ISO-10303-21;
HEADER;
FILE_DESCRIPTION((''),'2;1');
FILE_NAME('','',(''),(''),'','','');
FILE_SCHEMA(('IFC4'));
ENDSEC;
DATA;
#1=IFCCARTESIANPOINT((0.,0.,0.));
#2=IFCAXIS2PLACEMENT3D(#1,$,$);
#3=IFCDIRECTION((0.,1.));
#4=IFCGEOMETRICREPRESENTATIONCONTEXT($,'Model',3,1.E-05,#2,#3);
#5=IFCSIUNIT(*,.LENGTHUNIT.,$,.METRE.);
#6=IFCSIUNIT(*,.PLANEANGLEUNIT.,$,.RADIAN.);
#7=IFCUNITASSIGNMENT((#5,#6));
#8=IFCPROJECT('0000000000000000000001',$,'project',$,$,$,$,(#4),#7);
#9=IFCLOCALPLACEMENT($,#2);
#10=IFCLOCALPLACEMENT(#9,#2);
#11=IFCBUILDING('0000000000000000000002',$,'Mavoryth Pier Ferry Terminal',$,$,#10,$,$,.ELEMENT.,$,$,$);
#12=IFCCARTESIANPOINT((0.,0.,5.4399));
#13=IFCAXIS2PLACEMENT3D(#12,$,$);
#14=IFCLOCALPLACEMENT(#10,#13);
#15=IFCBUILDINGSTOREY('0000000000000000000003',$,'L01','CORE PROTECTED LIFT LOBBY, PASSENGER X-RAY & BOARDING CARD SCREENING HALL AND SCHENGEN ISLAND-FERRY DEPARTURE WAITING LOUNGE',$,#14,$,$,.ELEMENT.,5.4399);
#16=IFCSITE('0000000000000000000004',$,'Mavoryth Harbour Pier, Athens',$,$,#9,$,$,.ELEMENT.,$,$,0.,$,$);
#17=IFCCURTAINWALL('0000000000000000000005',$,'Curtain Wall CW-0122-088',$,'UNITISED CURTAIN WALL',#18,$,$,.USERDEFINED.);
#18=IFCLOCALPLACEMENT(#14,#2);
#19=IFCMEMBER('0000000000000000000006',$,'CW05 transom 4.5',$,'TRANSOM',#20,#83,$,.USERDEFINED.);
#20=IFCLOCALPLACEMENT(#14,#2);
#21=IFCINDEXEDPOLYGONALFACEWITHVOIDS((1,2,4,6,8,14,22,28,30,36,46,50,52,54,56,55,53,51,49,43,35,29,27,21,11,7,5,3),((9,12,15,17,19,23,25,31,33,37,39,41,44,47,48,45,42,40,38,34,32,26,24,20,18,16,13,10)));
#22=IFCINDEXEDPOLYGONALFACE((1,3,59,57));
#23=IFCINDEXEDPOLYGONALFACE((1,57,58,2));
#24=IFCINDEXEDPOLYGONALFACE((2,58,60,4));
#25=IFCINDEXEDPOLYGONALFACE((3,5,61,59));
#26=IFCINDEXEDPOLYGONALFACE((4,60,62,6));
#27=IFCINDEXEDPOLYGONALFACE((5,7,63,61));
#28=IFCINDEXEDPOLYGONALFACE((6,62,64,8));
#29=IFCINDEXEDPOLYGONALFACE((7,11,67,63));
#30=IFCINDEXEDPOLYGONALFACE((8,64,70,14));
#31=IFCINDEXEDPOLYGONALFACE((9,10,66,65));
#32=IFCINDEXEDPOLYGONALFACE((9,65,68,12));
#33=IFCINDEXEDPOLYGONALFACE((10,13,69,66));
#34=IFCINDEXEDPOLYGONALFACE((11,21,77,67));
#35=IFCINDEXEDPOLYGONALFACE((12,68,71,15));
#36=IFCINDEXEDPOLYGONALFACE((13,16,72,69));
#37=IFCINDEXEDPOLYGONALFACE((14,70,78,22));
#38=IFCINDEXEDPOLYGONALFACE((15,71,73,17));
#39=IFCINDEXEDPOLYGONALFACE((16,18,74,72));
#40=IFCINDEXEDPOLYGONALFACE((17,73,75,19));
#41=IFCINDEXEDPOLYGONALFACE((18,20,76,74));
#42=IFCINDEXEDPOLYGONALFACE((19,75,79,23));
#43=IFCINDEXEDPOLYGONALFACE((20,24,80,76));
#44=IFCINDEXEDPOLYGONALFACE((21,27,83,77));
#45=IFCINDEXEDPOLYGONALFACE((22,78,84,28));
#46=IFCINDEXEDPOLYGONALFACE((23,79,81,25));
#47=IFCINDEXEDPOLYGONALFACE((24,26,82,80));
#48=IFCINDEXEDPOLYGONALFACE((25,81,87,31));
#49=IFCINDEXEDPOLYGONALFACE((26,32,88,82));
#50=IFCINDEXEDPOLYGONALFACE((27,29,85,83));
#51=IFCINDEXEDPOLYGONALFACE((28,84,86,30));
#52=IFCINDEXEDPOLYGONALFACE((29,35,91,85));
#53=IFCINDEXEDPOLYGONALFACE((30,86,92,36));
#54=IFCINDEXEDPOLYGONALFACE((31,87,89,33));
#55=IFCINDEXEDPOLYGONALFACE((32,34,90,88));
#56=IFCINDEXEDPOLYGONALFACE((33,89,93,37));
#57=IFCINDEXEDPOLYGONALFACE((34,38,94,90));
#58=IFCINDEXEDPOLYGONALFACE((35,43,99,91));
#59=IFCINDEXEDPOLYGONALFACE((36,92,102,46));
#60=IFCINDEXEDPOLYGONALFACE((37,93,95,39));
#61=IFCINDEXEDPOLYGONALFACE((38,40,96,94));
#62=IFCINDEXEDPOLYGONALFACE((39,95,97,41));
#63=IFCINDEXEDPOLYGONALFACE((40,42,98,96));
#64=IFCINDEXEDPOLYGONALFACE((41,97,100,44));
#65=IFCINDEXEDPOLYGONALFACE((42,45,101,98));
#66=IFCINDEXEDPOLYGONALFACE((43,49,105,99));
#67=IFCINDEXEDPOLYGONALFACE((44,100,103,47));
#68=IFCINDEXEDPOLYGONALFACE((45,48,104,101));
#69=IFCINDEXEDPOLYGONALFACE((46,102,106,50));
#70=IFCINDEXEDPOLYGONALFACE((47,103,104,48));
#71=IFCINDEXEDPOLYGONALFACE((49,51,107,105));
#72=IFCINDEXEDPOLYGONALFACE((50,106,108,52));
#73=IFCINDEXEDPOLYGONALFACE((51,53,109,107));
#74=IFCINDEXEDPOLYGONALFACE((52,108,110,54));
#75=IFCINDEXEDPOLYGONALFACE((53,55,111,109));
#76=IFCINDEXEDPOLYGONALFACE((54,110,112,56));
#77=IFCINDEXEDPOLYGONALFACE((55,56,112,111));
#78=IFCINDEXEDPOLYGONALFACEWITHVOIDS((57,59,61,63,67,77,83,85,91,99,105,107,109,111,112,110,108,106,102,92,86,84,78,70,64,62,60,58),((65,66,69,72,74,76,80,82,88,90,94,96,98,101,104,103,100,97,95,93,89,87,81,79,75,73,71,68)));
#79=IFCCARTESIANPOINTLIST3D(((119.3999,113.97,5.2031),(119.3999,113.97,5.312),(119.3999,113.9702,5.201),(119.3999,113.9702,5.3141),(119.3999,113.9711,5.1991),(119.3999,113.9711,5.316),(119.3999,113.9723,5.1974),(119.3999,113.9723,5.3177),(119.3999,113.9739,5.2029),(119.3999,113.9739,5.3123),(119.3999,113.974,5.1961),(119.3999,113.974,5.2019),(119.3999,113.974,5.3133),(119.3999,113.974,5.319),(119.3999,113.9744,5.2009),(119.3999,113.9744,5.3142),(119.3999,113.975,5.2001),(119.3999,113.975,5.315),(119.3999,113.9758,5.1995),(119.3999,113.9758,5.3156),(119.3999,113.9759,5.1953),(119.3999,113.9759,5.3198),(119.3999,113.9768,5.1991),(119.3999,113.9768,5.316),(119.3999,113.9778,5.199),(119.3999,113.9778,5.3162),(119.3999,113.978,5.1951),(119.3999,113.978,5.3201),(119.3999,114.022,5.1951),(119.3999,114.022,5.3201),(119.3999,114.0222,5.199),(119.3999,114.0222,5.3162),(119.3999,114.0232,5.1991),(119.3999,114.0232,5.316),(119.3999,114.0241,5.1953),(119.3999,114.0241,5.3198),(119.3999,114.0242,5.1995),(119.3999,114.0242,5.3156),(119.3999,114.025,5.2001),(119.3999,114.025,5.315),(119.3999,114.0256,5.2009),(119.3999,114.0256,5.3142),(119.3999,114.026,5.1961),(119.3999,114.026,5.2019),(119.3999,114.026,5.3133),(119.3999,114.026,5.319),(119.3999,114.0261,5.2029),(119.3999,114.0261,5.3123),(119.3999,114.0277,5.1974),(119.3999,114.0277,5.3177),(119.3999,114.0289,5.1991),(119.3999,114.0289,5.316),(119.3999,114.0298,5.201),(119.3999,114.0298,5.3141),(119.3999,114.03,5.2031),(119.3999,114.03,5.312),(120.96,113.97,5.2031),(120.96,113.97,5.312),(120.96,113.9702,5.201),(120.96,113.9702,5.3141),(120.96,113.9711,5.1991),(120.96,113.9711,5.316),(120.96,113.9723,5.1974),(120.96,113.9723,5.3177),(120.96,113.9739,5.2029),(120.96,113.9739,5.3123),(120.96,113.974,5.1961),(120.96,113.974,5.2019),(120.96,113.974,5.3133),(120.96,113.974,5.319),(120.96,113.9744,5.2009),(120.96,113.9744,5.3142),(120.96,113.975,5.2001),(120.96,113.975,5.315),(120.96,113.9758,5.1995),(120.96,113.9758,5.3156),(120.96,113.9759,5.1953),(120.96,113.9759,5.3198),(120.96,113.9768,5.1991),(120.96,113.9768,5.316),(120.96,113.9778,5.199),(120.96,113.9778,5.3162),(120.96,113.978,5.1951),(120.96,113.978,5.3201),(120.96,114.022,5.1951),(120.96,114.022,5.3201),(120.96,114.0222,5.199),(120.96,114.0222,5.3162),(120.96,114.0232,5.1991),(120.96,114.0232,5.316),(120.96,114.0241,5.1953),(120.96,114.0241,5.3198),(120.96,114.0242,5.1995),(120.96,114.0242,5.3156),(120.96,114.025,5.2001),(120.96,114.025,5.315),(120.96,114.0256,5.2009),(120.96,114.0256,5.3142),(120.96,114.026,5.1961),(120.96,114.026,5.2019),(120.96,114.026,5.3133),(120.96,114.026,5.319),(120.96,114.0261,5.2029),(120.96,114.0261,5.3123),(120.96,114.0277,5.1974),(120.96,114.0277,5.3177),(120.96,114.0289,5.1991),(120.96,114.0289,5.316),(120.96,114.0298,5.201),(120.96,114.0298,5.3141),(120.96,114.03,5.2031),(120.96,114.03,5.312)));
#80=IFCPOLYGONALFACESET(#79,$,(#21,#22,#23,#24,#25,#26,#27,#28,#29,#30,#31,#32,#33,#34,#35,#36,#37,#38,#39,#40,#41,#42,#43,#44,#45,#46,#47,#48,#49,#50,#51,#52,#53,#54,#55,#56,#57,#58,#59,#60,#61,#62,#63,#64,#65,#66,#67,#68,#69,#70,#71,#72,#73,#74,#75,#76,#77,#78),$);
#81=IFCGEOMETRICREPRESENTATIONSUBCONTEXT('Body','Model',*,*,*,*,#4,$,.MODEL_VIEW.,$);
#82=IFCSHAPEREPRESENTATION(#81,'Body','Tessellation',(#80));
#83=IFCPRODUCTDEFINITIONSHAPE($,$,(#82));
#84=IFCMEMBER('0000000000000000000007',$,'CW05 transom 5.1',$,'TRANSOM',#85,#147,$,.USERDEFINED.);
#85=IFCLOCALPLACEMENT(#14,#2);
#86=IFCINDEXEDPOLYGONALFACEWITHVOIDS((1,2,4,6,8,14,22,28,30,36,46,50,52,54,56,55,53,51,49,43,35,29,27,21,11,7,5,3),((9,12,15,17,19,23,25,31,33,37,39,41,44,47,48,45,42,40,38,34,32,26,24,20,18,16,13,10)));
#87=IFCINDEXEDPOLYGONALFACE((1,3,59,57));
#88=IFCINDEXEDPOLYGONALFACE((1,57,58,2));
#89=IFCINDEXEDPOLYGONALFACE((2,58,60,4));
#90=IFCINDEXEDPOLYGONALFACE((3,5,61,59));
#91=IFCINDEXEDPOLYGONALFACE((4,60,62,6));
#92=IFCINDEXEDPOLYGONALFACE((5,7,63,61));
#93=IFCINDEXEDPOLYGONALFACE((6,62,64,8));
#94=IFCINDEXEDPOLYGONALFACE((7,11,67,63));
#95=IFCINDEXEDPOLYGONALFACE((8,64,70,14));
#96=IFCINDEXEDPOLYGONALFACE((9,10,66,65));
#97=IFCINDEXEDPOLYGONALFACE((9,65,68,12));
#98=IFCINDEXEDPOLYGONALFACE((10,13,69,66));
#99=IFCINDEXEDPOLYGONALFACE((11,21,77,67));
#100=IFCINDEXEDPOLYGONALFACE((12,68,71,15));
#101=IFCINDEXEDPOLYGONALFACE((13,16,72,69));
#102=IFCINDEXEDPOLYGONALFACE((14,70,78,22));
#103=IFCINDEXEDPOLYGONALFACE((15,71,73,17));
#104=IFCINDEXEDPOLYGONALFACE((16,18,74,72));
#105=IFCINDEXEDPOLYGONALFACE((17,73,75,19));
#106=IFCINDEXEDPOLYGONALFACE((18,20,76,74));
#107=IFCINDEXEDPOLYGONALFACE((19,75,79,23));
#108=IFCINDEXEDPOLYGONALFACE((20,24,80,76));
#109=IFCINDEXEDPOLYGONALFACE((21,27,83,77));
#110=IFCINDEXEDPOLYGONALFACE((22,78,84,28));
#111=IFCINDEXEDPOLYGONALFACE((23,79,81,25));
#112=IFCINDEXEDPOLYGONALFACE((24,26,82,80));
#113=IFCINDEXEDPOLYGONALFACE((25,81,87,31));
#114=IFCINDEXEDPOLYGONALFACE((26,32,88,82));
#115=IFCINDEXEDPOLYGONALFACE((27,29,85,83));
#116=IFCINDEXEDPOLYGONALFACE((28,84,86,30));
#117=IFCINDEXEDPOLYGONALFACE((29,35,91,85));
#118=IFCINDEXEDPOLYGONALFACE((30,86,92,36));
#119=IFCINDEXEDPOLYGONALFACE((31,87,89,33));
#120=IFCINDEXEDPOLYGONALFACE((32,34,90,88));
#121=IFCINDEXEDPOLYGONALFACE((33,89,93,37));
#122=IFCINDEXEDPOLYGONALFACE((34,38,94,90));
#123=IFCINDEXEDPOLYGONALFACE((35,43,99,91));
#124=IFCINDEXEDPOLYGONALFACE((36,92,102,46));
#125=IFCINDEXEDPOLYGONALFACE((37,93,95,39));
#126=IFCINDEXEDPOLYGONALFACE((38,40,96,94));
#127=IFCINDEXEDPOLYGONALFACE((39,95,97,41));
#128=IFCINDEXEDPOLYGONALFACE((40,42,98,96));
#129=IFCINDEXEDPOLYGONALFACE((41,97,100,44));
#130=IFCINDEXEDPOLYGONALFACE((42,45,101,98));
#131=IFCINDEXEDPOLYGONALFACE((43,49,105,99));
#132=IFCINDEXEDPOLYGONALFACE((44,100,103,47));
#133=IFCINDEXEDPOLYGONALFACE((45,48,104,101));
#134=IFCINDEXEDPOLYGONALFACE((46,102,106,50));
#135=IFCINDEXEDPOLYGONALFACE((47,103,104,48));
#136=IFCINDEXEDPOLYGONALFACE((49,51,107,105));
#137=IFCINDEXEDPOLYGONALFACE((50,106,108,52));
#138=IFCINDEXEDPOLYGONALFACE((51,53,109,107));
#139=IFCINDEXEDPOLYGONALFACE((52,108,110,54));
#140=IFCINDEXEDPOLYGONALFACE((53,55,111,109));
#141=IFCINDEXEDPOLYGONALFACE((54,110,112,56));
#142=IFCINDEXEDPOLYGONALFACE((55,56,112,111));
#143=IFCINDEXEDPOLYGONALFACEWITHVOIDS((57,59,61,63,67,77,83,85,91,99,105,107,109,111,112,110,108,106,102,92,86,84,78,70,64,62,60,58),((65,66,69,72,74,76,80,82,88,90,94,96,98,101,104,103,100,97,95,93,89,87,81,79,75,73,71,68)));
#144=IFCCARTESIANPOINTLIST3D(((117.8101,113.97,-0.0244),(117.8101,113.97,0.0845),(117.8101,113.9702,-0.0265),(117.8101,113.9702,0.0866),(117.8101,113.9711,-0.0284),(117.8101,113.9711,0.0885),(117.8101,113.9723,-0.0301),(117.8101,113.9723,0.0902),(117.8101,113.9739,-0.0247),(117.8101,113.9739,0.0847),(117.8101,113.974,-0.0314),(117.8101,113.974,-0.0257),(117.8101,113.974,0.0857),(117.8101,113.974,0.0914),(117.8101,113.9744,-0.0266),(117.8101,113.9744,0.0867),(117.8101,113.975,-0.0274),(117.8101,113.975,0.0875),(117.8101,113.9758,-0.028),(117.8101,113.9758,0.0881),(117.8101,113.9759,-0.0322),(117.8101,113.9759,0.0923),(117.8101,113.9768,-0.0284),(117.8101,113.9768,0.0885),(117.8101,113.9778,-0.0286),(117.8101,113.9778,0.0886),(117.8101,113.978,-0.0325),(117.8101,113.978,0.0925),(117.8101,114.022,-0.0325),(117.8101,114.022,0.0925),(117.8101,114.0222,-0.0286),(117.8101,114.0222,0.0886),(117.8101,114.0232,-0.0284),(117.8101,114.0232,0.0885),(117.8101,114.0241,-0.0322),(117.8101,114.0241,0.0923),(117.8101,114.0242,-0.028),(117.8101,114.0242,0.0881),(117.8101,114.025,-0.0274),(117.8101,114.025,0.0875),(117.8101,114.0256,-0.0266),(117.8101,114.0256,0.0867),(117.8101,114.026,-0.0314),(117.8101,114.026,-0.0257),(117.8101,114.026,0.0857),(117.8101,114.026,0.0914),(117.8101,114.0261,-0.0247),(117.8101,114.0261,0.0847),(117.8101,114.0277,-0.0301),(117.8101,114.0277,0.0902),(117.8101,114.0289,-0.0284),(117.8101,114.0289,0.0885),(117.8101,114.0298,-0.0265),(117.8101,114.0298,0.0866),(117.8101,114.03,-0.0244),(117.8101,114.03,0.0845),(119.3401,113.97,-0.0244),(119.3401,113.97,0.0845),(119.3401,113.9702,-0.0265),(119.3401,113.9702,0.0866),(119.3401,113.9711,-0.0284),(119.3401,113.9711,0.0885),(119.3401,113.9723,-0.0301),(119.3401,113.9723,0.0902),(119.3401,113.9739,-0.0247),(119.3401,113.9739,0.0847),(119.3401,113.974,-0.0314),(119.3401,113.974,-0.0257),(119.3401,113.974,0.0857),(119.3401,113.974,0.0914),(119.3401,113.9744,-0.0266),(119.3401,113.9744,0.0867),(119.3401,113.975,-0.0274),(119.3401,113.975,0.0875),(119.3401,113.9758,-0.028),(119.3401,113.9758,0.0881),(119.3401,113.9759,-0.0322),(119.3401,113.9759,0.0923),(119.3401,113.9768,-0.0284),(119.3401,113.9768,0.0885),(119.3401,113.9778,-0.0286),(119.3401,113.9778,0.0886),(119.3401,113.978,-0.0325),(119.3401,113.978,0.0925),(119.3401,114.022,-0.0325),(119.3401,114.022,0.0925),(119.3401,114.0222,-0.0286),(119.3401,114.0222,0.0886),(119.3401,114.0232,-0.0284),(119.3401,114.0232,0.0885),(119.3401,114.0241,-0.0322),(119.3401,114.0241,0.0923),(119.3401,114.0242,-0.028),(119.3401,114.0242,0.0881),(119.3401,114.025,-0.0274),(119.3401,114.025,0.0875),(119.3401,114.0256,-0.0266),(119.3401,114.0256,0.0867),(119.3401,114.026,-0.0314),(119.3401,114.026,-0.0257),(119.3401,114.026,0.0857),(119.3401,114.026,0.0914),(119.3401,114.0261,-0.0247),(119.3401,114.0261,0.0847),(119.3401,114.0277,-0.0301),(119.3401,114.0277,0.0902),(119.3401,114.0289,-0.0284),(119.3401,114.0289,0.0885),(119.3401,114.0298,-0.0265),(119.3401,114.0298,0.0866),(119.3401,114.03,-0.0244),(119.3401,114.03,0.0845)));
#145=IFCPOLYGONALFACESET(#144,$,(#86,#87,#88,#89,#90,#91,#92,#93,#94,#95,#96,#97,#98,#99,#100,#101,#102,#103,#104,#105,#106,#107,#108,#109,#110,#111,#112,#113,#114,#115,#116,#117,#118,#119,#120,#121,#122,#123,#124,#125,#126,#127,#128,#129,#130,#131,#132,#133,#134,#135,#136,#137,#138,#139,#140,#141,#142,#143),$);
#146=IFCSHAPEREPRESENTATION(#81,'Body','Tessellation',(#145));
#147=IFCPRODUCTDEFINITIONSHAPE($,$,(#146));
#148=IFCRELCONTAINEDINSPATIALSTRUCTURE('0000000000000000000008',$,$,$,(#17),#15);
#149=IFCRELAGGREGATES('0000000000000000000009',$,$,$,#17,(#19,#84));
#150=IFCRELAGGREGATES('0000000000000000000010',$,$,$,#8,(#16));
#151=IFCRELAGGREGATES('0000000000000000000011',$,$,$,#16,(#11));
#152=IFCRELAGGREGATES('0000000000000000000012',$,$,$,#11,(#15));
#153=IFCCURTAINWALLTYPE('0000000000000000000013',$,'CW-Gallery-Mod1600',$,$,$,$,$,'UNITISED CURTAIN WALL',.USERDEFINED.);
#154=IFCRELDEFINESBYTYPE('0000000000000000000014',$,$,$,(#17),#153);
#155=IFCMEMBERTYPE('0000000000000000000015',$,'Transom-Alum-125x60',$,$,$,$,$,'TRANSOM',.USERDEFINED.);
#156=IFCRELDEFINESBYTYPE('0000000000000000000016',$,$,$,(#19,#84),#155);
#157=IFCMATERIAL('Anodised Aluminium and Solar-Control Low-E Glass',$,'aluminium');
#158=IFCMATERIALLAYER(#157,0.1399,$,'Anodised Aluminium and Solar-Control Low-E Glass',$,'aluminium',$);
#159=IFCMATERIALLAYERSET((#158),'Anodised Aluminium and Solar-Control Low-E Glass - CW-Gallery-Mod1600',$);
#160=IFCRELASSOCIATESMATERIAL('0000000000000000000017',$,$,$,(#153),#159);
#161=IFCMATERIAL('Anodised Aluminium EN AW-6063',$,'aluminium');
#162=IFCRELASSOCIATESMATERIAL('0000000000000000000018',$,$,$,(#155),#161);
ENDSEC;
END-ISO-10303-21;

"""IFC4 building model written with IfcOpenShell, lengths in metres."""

from ifc_helpers import new_model, si_unit, direction, frame, origin, origin_2d, place, context, subcontext, project, spatial, hollow_rectangle, extrude, material, layer, layer_set, material_profile, profile_set, type_object, element, aggregate, save


model = new_model("IFC4")

# Units and contexts
model_context = context("Model", 3, precision=1e-05, world=origin(), true_north=direction((0.0, 1.0)))
body_context = subcontext(model_context, "Body", "Model", "MODEL_VIEW")
ifc_project = project(units=[si_unit("LENGTHUNIT", "METRE"), si_unit("PLANEANGLEUNIT", "RADIAN")], contexts=[model_context])

# Site, building, storey
site_placement = place(None, origin())
site = spatial("IfcSite", under=ifc_project, at=site_placement, Name="Mavoryth Harbour Pier, Athens", CompositionType="ELEMENT", RefElevation=0.0)
building_placement = place(site_placement, origin())
building = spatial("IfcBuilding", under=site, at=building_placement, Name="Mavoryth Pier Ferry Terminal", CompositionType="ELEMENT")
storey_placement = place(building_placement, frame((0.0, 0.0, 5.4399)))
storey = spatial("IfcBuildingStorey", under=building, at=storey_placement, Name="L01", Description="CORE PROTECTED LIFT LOBBY, PASSENGER X-RAY & BOARDING CARD SCREENING HALL AND SCHENGEN ISLAND-FERRY DEPARTURE WAITING LOUNGE", CompositionType="ELEMENT", Elevation=5.4399)

# Curtain wall, members
ifc_material_1 = material(Name="Anodised Aluminium and Solar-Control Low-E Glass", Category="aluminium")
ifc_layer_1 = layer(ifc_material_1, 0.1399, Name="Anodised Aluminium and Solar-Control Low-E Glass", Category="aluminium")
ifc_layer_set_1 = layer_set([ifc_layer_1], Name="Anodised Aluminium and Solar-Control Low-E Glass - CW-Gallery-Mod1600")
curtain_wall_type = type_object("IfcCurtainWallType", Name="CW-Gallery-Mod1600", ElementType="UNITISED CURTAIN WALL", PredefinedType="USERDEFINED", material=ifc_layer_set_1)
curtain_wall_placement = place(storey_placement, origin())
curtain_wall = element("IfcCurtainWall", 1, at=curtain_wall_placement, inside=storey, type_object=curtain_wall_type, Name="Curtain Wall CW-0122-088", ObjectType="UNITISED CURTAIN WALL", PredefinedType="USERDEFINED")
ifc_material_2 = material(Name="Anodised Aluminium EN AW-6063", Category="aluminium")
ifc_material_profile_1 = material_profile(ifc_material_2, hollow_rectangle(XDim=0.0601, YDim=0.125, WallThickness=0.0039, InnerFilletRadius=0.0039, OuterFilletRadius=0.0081, at=origin_2d()), Name="AL-TRAN 125x60x4", Category="aluminium")
ifc_profile_set_1 = profile_set([ifc_material_profile_1], Name="Anodised Aluminium EN AW-6063 - AL-TRAN 125x60x4")
member_type_1 = type_object("IfcMemberType", Name="Transom-Alum-125x60", ElementType="TRANSOM", PredefinedType="USERDEFINED", material=ifc_profile_set_1)
member_1_placement = place(storey_placement, frame((120.96, 114.0, 5.2576), z_axis=(-1.0, 0.0, 0.0), x_axis=(0.0, -1.0, 0.0)))
member_1 = element("IfcMember", 2, at=member_1_placement, type_object=member_type_1, Name="CW05 transom 4.5", ObjectType="TRANSOM", PredefinedType="USERDEFINED", context=body_context, shape_type="SweptSolid", body=[
    extrude(hollow_rectangle(XDim=0.0601, YDim=0.125, WallThickness=0.0039, InnerFilletRadius=0.0039, OuterFilletRadius=0.0081, at=origin_2d()), origin(), (0.0, 0.0, 1.0), 1.5601),
])
member_2_placement = place(storey_placement, frame((119.3401, 114.0, 0.03), z_axis=(-1.0, 0.0, 0.0), x_axis=(0.0, -1.0, 0.0)))
member_2 = element("IfcMember", 3, at=member_2_placement, type_object=member_type_1, Name="CW05 transom 5.1", ObjectType="TRANSOM", PredefinedType="USERDEFINED", context=body_context, shape_type="SweptSolid", body=[
    extrude(hollow_rectangle(XDim=0.0601, YDim=0.125, WallThickness=0.0039, InnerFilletRadius=0.0039, OuterFilletRadius=0.0081, at=origin_2d()), origin(), (0.0, 0.0, 1.0), 1.53),
])
aggregate(curtain_wall, [member_1, member_2])

save(model, "model.ifc")
